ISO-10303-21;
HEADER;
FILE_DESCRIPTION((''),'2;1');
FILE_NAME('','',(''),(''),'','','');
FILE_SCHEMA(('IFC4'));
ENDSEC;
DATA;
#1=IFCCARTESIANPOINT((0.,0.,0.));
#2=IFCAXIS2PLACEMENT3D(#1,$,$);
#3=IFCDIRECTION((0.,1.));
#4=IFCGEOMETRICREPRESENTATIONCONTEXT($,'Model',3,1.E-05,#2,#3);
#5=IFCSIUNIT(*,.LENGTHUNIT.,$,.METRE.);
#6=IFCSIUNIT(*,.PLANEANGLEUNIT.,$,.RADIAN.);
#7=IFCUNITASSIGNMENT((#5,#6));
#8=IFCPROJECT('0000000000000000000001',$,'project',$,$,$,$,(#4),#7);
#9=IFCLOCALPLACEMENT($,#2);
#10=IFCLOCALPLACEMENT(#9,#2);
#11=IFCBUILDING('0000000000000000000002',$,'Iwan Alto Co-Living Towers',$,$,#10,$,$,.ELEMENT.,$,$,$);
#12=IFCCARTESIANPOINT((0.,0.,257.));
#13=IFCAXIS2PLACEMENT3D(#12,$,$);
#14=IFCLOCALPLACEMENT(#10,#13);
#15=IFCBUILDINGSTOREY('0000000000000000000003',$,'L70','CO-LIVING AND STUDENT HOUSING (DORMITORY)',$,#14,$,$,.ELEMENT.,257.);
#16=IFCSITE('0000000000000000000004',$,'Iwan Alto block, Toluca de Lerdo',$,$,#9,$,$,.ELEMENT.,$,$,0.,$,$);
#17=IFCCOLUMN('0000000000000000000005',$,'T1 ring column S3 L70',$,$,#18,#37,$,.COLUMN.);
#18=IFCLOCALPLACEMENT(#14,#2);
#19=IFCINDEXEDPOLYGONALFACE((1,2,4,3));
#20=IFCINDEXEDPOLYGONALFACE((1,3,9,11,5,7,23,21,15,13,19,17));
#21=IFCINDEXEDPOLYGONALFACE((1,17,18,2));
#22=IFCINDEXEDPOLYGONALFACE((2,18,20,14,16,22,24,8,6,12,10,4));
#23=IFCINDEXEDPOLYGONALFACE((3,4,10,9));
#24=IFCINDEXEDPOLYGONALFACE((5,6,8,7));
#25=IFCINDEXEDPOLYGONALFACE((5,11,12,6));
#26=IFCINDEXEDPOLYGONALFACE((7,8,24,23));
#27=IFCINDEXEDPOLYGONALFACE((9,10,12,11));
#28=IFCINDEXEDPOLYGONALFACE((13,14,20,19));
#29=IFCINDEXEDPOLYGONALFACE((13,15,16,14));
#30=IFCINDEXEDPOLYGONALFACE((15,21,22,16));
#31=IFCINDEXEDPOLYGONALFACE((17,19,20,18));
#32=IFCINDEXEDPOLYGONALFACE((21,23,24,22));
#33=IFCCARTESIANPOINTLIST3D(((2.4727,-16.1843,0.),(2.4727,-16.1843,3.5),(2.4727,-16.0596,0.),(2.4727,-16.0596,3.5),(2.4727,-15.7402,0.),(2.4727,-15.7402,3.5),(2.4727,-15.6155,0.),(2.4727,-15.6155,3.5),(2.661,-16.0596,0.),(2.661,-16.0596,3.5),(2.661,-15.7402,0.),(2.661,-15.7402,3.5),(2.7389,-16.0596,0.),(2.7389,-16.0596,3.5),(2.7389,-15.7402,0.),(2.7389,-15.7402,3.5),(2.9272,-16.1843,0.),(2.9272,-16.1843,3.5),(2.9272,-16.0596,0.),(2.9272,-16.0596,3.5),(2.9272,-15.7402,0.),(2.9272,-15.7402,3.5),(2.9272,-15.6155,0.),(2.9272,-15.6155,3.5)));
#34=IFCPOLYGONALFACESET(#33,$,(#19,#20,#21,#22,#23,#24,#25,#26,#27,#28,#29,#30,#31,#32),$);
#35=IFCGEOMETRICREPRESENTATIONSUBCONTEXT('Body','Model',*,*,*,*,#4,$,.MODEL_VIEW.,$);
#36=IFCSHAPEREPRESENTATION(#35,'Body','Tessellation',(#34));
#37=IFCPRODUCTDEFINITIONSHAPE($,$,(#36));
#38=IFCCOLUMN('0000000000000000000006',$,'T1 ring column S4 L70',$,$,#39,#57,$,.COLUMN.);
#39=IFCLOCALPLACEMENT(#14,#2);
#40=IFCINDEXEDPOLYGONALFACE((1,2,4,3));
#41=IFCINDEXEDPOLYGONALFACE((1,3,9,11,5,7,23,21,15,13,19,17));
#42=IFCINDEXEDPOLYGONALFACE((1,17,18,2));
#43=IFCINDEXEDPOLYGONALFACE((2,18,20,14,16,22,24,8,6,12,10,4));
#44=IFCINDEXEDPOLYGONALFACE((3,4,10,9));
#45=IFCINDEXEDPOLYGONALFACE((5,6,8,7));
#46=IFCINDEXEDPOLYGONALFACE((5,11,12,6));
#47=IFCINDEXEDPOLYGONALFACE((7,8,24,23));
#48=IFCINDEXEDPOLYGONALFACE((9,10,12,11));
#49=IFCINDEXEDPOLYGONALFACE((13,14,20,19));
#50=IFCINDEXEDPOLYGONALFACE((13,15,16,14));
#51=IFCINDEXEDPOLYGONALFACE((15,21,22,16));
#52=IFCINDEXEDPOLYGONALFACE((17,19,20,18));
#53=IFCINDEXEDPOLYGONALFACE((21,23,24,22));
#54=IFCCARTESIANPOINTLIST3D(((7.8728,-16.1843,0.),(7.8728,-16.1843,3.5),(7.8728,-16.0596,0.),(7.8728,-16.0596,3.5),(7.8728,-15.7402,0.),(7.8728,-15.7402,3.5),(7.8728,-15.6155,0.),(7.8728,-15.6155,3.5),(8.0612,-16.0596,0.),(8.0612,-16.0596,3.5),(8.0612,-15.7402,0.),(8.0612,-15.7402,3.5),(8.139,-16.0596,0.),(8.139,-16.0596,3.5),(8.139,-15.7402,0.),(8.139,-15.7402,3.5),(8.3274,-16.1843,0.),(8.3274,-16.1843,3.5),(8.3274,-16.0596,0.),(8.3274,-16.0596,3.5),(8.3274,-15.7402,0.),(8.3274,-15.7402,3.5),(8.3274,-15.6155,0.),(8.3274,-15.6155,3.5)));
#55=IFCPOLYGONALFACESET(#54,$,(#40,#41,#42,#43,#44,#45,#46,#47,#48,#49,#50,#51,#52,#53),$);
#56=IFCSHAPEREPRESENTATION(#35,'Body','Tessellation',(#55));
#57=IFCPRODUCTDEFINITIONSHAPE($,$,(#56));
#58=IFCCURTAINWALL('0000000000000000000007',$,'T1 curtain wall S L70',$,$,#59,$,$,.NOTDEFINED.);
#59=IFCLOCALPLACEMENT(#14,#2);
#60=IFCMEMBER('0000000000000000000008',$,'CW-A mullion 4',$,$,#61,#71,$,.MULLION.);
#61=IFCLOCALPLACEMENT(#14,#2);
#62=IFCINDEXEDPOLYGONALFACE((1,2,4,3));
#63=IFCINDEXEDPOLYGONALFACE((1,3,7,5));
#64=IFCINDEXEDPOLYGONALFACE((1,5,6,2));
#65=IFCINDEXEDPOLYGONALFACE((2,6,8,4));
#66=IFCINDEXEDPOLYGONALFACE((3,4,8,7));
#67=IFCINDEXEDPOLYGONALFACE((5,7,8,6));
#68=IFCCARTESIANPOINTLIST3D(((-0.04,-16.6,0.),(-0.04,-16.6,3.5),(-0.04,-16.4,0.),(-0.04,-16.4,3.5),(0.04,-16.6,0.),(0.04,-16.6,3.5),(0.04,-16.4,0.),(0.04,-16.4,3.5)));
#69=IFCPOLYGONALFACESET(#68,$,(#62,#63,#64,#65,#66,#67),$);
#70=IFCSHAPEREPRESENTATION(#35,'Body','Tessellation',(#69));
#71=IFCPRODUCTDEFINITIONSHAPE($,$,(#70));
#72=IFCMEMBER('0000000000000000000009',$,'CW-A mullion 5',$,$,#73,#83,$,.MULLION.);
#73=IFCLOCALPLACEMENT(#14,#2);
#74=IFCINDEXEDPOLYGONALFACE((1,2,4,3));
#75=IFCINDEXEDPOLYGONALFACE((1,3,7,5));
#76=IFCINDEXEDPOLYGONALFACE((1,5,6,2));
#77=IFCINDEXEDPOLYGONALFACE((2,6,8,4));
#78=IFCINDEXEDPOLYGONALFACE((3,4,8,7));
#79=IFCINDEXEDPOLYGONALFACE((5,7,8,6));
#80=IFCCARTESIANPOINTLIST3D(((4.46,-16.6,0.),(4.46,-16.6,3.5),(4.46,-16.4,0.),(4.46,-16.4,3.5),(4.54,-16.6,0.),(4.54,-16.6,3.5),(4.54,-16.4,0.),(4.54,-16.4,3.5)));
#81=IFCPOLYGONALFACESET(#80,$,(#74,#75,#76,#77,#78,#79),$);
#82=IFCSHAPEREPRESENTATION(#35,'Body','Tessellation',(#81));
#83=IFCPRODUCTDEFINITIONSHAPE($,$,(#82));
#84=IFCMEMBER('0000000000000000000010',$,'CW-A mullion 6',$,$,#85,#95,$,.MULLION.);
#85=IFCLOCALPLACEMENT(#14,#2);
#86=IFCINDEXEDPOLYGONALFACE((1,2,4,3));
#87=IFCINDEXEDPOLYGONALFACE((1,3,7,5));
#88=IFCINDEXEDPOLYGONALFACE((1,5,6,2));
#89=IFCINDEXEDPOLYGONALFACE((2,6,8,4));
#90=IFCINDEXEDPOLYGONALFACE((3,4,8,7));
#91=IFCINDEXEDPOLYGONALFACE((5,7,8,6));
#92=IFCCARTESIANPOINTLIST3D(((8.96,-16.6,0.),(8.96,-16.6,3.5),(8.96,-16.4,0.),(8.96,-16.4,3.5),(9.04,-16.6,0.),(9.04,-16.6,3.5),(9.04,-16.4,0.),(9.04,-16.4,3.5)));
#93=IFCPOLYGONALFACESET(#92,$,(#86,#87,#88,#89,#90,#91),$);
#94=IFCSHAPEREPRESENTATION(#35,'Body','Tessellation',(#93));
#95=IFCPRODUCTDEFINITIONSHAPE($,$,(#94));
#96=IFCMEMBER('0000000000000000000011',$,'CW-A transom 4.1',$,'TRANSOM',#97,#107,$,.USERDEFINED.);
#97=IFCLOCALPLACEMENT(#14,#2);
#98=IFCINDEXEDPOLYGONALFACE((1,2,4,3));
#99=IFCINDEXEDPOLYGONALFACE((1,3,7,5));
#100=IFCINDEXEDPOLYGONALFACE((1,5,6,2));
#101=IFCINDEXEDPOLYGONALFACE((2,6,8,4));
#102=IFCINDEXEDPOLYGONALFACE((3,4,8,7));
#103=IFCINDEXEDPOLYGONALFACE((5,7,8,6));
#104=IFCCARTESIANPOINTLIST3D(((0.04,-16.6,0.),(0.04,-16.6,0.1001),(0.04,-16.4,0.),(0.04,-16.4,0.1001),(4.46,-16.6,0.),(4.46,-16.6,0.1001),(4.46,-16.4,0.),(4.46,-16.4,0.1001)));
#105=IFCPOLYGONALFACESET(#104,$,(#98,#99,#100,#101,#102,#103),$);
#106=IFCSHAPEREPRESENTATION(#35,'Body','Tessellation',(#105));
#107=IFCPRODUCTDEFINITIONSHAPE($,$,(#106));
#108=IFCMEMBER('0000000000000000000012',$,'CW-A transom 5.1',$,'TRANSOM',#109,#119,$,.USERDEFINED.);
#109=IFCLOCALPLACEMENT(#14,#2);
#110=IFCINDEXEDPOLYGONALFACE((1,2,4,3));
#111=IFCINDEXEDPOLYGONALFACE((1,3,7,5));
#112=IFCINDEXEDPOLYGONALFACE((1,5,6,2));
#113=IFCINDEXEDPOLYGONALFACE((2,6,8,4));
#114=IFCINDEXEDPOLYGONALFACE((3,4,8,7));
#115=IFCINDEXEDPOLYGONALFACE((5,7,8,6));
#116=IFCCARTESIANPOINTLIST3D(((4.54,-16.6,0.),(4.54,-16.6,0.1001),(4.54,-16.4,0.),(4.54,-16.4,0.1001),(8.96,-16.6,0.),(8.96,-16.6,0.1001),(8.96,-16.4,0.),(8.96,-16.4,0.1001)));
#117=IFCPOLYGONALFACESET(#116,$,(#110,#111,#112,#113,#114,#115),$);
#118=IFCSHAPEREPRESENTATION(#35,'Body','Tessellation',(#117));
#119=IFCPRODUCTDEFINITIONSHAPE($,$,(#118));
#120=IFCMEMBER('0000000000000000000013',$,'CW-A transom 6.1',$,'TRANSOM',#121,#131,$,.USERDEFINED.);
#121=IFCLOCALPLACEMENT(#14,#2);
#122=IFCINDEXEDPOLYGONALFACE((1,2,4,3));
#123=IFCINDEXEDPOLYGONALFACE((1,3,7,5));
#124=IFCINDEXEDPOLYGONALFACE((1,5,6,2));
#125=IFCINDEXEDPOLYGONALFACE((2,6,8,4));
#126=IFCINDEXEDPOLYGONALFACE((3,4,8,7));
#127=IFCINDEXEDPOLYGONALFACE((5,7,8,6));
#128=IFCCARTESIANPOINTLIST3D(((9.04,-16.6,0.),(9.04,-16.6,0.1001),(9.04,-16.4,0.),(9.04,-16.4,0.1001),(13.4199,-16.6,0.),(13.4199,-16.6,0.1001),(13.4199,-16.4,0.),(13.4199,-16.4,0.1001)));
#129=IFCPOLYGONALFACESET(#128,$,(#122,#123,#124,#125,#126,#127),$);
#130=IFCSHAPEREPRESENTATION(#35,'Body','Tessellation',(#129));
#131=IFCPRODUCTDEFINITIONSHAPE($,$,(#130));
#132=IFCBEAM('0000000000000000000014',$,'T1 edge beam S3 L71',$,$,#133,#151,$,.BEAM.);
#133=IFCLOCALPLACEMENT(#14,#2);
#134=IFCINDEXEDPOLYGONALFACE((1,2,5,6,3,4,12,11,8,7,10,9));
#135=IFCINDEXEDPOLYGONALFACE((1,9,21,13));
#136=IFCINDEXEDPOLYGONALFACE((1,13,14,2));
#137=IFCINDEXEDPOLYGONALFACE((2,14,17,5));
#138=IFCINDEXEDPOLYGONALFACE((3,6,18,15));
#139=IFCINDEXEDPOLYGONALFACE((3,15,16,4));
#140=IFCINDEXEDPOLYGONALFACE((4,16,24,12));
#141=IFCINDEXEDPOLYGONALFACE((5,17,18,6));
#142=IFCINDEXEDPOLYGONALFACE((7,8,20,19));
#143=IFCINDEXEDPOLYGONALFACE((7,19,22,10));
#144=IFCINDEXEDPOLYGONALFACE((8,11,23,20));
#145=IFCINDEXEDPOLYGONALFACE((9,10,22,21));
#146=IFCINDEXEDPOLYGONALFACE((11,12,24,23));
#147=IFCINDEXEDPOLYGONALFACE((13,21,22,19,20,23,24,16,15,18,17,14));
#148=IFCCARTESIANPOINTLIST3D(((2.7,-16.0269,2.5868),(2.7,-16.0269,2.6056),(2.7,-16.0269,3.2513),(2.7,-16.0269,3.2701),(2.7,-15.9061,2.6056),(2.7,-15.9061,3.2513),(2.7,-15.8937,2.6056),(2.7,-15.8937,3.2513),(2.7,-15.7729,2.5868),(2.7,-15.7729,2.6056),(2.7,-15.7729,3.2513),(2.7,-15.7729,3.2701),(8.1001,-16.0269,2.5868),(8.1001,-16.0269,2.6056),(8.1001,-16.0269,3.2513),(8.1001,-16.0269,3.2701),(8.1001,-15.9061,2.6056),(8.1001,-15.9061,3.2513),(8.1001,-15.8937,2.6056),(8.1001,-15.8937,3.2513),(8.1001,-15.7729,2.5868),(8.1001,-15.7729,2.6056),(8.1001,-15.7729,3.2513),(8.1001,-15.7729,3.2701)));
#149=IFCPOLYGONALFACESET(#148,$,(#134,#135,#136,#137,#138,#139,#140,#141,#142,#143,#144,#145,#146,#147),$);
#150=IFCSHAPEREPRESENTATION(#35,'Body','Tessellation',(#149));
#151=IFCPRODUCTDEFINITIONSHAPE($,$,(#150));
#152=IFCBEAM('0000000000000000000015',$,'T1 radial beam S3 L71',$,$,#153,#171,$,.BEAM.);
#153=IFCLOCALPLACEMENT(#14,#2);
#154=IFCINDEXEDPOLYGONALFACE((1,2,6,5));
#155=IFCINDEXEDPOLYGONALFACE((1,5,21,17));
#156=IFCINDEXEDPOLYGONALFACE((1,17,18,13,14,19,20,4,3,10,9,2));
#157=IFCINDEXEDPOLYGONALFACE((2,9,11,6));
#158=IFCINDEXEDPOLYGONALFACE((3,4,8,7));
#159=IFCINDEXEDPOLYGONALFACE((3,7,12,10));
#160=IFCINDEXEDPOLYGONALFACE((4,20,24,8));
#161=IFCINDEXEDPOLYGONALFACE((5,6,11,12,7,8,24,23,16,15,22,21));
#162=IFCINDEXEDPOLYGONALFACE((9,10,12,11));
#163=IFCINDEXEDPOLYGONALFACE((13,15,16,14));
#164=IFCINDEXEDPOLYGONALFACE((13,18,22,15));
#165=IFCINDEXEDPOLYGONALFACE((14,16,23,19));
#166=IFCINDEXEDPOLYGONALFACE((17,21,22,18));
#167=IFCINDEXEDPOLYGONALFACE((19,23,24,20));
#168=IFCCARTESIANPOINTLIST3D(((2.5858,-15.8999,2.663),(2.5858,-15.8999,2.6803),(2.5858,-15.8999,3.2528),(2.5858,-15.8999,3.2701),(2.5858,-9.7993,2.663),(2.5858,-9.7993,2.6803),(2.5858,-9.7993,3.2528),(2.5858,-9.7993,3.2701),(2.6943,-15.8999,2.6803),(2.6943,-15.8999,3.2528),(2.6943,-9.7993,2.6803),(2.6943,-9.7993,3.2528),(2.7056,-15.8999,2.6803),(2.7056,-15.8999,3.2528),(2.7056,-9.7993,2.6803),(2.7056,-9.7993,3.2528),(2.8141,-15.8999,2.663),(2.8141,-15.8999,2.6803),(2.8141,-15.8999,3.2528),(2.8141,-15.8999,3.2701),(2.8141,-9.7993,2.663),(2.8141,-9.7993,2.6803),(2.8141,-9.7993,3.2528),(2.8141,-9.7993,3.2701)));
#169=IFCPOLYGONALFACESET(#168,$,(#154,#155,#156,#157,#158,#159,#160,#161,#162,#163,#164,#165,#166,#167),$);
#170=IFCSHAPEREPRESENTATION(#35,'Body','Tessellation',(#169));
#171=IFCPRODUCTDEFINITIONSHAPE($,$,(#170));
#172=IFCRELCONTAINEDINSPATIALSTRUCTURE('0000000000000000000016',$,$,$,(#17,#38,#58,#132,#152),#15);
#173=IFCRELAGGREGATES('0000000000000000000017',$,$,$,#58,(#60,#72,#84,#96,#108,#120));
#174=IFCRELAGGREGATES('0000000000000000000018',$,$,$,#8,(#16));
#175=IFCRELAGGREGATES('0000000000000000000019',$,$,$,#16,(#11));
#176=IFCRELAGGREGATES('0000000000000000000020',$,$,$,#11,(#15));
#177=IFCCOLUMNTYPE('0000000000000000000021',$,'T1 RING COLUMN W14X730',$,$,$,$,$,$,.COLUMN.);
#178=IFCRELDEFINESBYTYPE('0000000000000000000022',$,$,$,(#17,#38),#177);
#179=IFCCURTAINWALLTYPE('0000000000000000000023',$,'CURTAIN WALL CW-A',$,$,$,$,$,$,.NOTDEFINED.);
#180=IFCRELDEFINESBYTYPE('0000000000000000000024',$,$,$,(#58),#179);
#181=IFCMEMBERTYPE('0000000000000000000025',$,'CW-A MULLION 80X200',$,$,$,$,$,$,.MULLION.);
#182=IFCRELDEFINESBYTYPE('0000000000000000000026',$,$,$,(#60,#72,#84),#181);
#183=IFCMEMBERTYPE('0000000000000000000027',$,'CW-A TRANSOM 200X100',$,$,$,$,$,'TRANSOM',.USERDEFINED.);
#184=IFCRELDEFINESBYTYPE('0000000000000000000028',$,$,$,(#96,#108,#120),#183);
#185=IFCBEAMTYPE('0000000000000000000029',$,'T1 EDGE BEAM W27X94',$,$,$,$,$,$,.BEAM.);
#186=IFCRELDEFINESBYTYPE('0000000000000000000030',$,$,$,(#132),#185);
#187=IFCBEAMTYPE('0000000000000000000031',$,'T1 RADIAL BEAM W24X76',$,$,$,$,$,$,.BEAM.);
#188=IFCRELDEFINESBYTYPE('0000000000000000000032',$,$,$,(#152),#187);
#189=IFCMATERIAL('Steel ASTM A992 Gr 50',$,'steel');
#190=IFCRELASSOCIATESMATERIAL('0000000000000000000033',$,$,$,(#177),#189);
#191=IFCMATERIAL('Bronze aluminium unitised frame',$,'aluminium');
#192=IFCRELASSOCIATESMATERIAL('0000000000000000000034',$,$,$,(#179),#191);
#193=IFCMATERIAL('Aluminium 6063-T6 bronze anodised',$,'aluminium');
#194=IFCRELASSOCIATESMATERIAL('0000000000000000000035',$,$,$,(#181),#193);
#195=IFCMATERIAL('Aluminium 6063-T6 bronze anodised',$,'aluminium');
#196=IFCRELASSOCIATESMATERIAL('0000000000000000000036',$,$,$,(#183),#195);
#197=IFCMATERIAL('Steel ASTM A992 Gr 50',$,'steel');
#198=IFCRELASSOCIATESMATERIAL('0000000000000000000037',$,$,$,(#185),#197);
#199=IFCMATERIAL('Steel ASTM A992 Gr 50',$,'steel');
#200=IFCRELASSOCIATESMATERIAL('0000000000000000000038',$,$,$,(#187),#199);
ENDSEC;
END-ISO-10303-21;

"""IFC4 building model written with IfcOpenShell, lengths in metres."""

from ifc_helpers import new_model, si_unit, direction, frame, origin, origin_2d, place, context, subcontext, project, spatial, rectangle, i_section, extrude, material, material_profile, profile_set, type_object, element, aggregate, save


model = new_model("IFC4")

# Units and contexts
model_context = context("Model", 3, precision=1e-05, world=origin(), true_north=direction((0.0, 1.0)))
body_context = subcontext(model_context, "Body", "Model", "MODEL_VIEW")
ifc_project = project(units=[si_unit("LENGTHUNIT", "METRE"), si_unit("PLANEANGLEUNIT", "RADIAN")], contexts=[model_context])

# Site, building, storey
site_placement = place(None, origin())
site = spatial("IfcSite", under=ifc_project, at=site_placement, Name="Iwan Alto block, Toluca de Lerdo", CompositionType="ELEMENT", RefElevation=0.0)
building_placement = place(site_placement, origin())
building = spatial("IfcBuilding", under=site, at=building_placement, Name="Iwan Alto Co-Living Towers", CompositionType="ELEMENT")
storey_placement = place(building_placement, frame((0.0, 0.0, 257.0)))
storey = spatial("IfcBuildingStorey", under=building, at=storey_placement, Name="L70", Description="CO-LIVING AND STUDENT HOUSING (DORMITORY)", CompositionType="ELEMENT", Elevation=257.0)

# Columns
ifc_material_1 = material(Name="Steel ASTM A992 Gr 50", Category="steel")
ifc_material_profile_1 = material_profile(ifc_material_1, i_section(OverallWidth=0.4546, OverallDepth=0.5688, WebThickness=0.0779, FlangeThickness=0.1248, at=origin_2d()), Name="W14X730")
ifc_profile_set_1 = profile_set([ifc_material_profile_1], Name="Steel ASTM A992 Gr 50")
column_type = type_object("IfcColumnType", Name="T1 RING COLUMN W14X730", PredefinedType="COLUMN", material=ifc_profile_set_1)
for number, where, z_axis, x_axis, name in (
    (1, (2.7, -15.8999, 0.0), (0.0, 0.0, 1.0), (1.0, 0.0, 0.0), "T1 ring column S3 L70"),
    (2, (8.1001, -15.8999, 0.0), (0.0, 0.0, 1.0), (1.0, 0.0, 0.0), "T1 ring column S4 L70"),
):
    element("IfcColumn", number, at=place(storey_placement, frame(where, z_axis=z_axis, x_axis=x_axis)), inside=storey, type_object=column_type, Name=name, PredefinedType="COLUMN", context=body_context, shape_type="SweptSolid", body=[
        extrude(i_section(OverallWidth=0.4546, OverallDepth=0.5688, WebThickness=0.0779, FlangeThickness=0.1248, at=origin_2d()), origin(), (0.0, 0.0, 1.0), 3.5),
    ])

# Curtain wall, members
ifc_material_2 = material(Name="Bronze aluminium unitised frame", Category="aluminium")
curtain_wall_type = type_object("IfcCurtainWallType", Name="CURTAIN WALL CW-A", PredefinedType="NOTDEFINED", material=ifc_material_2)
curtain_wall_placement = place(storey_placement, origin())
curtain_wall = element("IfcCurtainWall", 3, at=curtain_wall_placement, inside=storey, type_object=curtain_wall_type, Name="T1 curtain wall S L70", PredefinedType="NOTDEFINED")
ifc_material_3 = material(Name="Aluminium 6063-T6 bronze anodised", Category="aluminium")
ifc_material_profile_2 = material_profile(ifc_material_3, rectangle(XDim=0.2, YDim=0.0801, at=origin_2d()), Name="AL 80X200")
ifc_profile_set_2 = profile_set([ifc_material_profile_2], Name="Aluminium 6063-T6 bronze anodised")
member_type_1 = type_object("IfcMemberType", Name="CW-A MULLION 80X200", PredefinedType="MULLION", material=ifc_profile_set_2)
member_1_placement = place(storey_placement, frame((0.0, -16.5, 0.0), z_axis=(0.0, 0.0, 1.0), x_axis=(0.0, 1.0, 0.0)))
member_1 = element("IfcMember", 4, at=member_1_placement, type_object=member_type_1, Name="CW-A mullion 4", PredefinedType="MULLION", context=body_context, shape_type="SweptSolid", body=[
    extrude(rectangle(XDim=0.2, YDim=0.0801, at=origin_2d()), origin(), (0.0, 0.0, 1.0), 3.5),
])
member_2_placement = place(storey_placement, frame((4.5, -16.5, 0.0), z_axis=(0.0, 0.0, 1.0), x_axis=(0.0, 1.0, 0.0)))
member_2 = element("IfcMember", 5, at=member_2_placement, type_object=member_type_1, Name="CW-A mullion 5", PredefinedType="MULLION", context=body_context, shape_type="SweptSolid", body=[
    extrude(rectangle(XDim=0.2, YDim=0.0801, at=origin_2d()), origin(), (0.0, 0.0, 1.0), 3.5),
])
member_3_placement = place(storey_placement, frame((9.0, -16.5, 0.0), z_axis=(0.0, 0.0, 1.0), x_axis=(0.0, 1.0, 0.0)))
member_3 = element("IfcMember", 6, at=member_3_placement, type_object=member_type_1, Name="CW-A mullion 6", PredefinedType="MULLION", context=body_context, shape_type="SweptSolid", body=[
    extrude(rectangle(XDim=0.2, YDim=0.0801, at=origin_2d()), origin(), (0.0, 0.0, 1.0), 3.5),
])
ifc_material_4 = material(Name="Aluminium 6063-T6 bronze anodised", Category="aluminium")
ifc_material_profile_3 = material_profile(ifc_material_4, rectangle(XDim=0.2, YDim=0.1001, at=origin_2d()), Name="AL 200X100")
ifc_profile_set_3 = profile_set([ifc_material_profile_3], Name="Aluminium 6063-T6 bronze anodised")
member_type_2 = type_object("IfcMemberType", Name="CW-A TRANSOM 200X100", ElementType="TRANSOM", PredefinedType="USERDEFINED", material=ifc_profile_set_3)
member_4_placement = place(storey_placement, frame((0.04, -16.5, 0.05), z_axis=(1.0, 0.0, 0.0), x_axis=(0.0, 1.0, 0.0)))
member_4 = element("IfcMember", 7, at=member_4_placement, type_object=member_type_2, Name="CW-A transom 4.1", ObjectType="TRANSOM", PredefinedType="USERDEFINED", context=body_context, shape_type="SweptSolid", body=[
    extrude(rectangle(XDim=0.2, YDim=0.1001, at=origin_2d()), origin(), (0.0, 0.0, 1.0), 4.4199),
])
member_5_placement = place(storey_placement, frame((4.54, -16.5, 0.05), z_axis=(1.0, 0.0, 0.0), x_axis=(0.0, 1.0, 0.0)))
member_5 = element("IfcMember", 8, at=member_5_placement, type_object=member_type_2, Name="CW-A transom 5.1", ObjectType="TRANSOM", PredefinedType="USERDEFINED", context=body_context, shape_type="SweptSolid", body=[
    extrude(rectangle(XDim=0.2, YDim=0.1001, at=origin_2d()), origin(), (0.0, 0.0, 1.0), 4.4199),
])
member_6_placement = place(storey_placement, frame((9.04, -16.5, 0.05), z_axis=(1.0, 0.0, 0.0), x_axis=(0.0, 1.0, 0.0)))
member_6 = element("IfcMember", 9, at=member_6_placement, type_object=member_type_2, Name="CW-A transom 6.1", ObjectType="TRANSOM", PredefinedType="USERDEFINED", context=body_context, shape_type="SweptSolid", body=[
    extrude(rectangle(XDim=0.2, YDim=0.1001, at=origin_2d()), origin(), (0.0, 0.0, 1.0), 4.3799),
])

# Beams
ifc_material_5 = material(Name="Steel ASTM A992 Gr 50", Category="steel")
ifc_material_profile_4 = material_profile(ifc_material_5, i_section(OverallWidth=0.2539, OverallDepth=0.6833, WebThickness=0.0125, FlangeThickness=0.0188, at=origin_2d()), Name="W27X94")
ifc_profile_set_4 = profile_set([ifc_material_profile_4], Name="Steel ASTM A992 Gr 50")
beam_type_1 = type_object("IfcBeamType", Name="T1 EDGE BEAM W27X94", PredefinedType="BEAM", material=ifc_profile_set_4)
beam_1_placement = place(storey_placement, frame((2.7, -15.8999, 2.9285), z_axis=(1.0, 0.0, 0.0), x_axis=(0.0, 1.0, 0.0)))
element("IfcBeam", 10, at=beam_1_placement, inside=storey, type_object=beam_type_1, Name="T1 edge beam S3 L71", PredefinedType="BEAM", context=body_context, shape_type="SweptSolid", body=[
    extrude(i_section(OverallWidth=0.2539, OverallDepth=0.6833, WebThickness=0.0125, FlangeThickness=0.0188, at=origin_2d()), origin(), (0.0, 0.0, 1.0), 5.4001),
])
ifc_material_6 = material(Name="Steel ASTM A992 Gr 50", Category="steel")
ifc_material_profile_5 = material_profile(ifc_material_6, i_section(OverallWidth=0.2283, OverallDepth=0.6072, WebThickness=0.0112, FlangeThickness=0.0173, at=origin_2d()), Name="W24X76")
ifc_profile_set_5 = profile_set([ifc_material_profile_5], Name="Steel ASTM A992 Gr 50")
beam_type_2 = type_object("IfcBeamType", Name="T1 RADIAL BEAM W24X76", PredefinedType="BEAM", material=ifc_profile_set_5)
beam_2_placement = place(storey_placement, frame((2.7, -15.8999, 2.9666), z_axis=(0.0, 1.0, 0.0), x_axis=(-1.0, 0.0, 0.0)))
element("IfcBeam", 11, at=beam_2_placement, inside=storey, type_object=beam_type_2, Name="T1 radial beam S3 L71", PredefinedType="BEAM", context=body_context, shape_type="SweptSolid", body=[
    extrude(i_section(OverallWidth=0.2283, OverallDepth=0.6072, WebThickness=0.0112, FlangeThickness=0.0173, at=origin_2d()), origin(), (0.0, 0.0, 1.0), 6.1006),
])

aggregate(curtain_wall, [member_1, member_2, member_3, member_4, member_5, member_6])

save(model, "model.ifc")
